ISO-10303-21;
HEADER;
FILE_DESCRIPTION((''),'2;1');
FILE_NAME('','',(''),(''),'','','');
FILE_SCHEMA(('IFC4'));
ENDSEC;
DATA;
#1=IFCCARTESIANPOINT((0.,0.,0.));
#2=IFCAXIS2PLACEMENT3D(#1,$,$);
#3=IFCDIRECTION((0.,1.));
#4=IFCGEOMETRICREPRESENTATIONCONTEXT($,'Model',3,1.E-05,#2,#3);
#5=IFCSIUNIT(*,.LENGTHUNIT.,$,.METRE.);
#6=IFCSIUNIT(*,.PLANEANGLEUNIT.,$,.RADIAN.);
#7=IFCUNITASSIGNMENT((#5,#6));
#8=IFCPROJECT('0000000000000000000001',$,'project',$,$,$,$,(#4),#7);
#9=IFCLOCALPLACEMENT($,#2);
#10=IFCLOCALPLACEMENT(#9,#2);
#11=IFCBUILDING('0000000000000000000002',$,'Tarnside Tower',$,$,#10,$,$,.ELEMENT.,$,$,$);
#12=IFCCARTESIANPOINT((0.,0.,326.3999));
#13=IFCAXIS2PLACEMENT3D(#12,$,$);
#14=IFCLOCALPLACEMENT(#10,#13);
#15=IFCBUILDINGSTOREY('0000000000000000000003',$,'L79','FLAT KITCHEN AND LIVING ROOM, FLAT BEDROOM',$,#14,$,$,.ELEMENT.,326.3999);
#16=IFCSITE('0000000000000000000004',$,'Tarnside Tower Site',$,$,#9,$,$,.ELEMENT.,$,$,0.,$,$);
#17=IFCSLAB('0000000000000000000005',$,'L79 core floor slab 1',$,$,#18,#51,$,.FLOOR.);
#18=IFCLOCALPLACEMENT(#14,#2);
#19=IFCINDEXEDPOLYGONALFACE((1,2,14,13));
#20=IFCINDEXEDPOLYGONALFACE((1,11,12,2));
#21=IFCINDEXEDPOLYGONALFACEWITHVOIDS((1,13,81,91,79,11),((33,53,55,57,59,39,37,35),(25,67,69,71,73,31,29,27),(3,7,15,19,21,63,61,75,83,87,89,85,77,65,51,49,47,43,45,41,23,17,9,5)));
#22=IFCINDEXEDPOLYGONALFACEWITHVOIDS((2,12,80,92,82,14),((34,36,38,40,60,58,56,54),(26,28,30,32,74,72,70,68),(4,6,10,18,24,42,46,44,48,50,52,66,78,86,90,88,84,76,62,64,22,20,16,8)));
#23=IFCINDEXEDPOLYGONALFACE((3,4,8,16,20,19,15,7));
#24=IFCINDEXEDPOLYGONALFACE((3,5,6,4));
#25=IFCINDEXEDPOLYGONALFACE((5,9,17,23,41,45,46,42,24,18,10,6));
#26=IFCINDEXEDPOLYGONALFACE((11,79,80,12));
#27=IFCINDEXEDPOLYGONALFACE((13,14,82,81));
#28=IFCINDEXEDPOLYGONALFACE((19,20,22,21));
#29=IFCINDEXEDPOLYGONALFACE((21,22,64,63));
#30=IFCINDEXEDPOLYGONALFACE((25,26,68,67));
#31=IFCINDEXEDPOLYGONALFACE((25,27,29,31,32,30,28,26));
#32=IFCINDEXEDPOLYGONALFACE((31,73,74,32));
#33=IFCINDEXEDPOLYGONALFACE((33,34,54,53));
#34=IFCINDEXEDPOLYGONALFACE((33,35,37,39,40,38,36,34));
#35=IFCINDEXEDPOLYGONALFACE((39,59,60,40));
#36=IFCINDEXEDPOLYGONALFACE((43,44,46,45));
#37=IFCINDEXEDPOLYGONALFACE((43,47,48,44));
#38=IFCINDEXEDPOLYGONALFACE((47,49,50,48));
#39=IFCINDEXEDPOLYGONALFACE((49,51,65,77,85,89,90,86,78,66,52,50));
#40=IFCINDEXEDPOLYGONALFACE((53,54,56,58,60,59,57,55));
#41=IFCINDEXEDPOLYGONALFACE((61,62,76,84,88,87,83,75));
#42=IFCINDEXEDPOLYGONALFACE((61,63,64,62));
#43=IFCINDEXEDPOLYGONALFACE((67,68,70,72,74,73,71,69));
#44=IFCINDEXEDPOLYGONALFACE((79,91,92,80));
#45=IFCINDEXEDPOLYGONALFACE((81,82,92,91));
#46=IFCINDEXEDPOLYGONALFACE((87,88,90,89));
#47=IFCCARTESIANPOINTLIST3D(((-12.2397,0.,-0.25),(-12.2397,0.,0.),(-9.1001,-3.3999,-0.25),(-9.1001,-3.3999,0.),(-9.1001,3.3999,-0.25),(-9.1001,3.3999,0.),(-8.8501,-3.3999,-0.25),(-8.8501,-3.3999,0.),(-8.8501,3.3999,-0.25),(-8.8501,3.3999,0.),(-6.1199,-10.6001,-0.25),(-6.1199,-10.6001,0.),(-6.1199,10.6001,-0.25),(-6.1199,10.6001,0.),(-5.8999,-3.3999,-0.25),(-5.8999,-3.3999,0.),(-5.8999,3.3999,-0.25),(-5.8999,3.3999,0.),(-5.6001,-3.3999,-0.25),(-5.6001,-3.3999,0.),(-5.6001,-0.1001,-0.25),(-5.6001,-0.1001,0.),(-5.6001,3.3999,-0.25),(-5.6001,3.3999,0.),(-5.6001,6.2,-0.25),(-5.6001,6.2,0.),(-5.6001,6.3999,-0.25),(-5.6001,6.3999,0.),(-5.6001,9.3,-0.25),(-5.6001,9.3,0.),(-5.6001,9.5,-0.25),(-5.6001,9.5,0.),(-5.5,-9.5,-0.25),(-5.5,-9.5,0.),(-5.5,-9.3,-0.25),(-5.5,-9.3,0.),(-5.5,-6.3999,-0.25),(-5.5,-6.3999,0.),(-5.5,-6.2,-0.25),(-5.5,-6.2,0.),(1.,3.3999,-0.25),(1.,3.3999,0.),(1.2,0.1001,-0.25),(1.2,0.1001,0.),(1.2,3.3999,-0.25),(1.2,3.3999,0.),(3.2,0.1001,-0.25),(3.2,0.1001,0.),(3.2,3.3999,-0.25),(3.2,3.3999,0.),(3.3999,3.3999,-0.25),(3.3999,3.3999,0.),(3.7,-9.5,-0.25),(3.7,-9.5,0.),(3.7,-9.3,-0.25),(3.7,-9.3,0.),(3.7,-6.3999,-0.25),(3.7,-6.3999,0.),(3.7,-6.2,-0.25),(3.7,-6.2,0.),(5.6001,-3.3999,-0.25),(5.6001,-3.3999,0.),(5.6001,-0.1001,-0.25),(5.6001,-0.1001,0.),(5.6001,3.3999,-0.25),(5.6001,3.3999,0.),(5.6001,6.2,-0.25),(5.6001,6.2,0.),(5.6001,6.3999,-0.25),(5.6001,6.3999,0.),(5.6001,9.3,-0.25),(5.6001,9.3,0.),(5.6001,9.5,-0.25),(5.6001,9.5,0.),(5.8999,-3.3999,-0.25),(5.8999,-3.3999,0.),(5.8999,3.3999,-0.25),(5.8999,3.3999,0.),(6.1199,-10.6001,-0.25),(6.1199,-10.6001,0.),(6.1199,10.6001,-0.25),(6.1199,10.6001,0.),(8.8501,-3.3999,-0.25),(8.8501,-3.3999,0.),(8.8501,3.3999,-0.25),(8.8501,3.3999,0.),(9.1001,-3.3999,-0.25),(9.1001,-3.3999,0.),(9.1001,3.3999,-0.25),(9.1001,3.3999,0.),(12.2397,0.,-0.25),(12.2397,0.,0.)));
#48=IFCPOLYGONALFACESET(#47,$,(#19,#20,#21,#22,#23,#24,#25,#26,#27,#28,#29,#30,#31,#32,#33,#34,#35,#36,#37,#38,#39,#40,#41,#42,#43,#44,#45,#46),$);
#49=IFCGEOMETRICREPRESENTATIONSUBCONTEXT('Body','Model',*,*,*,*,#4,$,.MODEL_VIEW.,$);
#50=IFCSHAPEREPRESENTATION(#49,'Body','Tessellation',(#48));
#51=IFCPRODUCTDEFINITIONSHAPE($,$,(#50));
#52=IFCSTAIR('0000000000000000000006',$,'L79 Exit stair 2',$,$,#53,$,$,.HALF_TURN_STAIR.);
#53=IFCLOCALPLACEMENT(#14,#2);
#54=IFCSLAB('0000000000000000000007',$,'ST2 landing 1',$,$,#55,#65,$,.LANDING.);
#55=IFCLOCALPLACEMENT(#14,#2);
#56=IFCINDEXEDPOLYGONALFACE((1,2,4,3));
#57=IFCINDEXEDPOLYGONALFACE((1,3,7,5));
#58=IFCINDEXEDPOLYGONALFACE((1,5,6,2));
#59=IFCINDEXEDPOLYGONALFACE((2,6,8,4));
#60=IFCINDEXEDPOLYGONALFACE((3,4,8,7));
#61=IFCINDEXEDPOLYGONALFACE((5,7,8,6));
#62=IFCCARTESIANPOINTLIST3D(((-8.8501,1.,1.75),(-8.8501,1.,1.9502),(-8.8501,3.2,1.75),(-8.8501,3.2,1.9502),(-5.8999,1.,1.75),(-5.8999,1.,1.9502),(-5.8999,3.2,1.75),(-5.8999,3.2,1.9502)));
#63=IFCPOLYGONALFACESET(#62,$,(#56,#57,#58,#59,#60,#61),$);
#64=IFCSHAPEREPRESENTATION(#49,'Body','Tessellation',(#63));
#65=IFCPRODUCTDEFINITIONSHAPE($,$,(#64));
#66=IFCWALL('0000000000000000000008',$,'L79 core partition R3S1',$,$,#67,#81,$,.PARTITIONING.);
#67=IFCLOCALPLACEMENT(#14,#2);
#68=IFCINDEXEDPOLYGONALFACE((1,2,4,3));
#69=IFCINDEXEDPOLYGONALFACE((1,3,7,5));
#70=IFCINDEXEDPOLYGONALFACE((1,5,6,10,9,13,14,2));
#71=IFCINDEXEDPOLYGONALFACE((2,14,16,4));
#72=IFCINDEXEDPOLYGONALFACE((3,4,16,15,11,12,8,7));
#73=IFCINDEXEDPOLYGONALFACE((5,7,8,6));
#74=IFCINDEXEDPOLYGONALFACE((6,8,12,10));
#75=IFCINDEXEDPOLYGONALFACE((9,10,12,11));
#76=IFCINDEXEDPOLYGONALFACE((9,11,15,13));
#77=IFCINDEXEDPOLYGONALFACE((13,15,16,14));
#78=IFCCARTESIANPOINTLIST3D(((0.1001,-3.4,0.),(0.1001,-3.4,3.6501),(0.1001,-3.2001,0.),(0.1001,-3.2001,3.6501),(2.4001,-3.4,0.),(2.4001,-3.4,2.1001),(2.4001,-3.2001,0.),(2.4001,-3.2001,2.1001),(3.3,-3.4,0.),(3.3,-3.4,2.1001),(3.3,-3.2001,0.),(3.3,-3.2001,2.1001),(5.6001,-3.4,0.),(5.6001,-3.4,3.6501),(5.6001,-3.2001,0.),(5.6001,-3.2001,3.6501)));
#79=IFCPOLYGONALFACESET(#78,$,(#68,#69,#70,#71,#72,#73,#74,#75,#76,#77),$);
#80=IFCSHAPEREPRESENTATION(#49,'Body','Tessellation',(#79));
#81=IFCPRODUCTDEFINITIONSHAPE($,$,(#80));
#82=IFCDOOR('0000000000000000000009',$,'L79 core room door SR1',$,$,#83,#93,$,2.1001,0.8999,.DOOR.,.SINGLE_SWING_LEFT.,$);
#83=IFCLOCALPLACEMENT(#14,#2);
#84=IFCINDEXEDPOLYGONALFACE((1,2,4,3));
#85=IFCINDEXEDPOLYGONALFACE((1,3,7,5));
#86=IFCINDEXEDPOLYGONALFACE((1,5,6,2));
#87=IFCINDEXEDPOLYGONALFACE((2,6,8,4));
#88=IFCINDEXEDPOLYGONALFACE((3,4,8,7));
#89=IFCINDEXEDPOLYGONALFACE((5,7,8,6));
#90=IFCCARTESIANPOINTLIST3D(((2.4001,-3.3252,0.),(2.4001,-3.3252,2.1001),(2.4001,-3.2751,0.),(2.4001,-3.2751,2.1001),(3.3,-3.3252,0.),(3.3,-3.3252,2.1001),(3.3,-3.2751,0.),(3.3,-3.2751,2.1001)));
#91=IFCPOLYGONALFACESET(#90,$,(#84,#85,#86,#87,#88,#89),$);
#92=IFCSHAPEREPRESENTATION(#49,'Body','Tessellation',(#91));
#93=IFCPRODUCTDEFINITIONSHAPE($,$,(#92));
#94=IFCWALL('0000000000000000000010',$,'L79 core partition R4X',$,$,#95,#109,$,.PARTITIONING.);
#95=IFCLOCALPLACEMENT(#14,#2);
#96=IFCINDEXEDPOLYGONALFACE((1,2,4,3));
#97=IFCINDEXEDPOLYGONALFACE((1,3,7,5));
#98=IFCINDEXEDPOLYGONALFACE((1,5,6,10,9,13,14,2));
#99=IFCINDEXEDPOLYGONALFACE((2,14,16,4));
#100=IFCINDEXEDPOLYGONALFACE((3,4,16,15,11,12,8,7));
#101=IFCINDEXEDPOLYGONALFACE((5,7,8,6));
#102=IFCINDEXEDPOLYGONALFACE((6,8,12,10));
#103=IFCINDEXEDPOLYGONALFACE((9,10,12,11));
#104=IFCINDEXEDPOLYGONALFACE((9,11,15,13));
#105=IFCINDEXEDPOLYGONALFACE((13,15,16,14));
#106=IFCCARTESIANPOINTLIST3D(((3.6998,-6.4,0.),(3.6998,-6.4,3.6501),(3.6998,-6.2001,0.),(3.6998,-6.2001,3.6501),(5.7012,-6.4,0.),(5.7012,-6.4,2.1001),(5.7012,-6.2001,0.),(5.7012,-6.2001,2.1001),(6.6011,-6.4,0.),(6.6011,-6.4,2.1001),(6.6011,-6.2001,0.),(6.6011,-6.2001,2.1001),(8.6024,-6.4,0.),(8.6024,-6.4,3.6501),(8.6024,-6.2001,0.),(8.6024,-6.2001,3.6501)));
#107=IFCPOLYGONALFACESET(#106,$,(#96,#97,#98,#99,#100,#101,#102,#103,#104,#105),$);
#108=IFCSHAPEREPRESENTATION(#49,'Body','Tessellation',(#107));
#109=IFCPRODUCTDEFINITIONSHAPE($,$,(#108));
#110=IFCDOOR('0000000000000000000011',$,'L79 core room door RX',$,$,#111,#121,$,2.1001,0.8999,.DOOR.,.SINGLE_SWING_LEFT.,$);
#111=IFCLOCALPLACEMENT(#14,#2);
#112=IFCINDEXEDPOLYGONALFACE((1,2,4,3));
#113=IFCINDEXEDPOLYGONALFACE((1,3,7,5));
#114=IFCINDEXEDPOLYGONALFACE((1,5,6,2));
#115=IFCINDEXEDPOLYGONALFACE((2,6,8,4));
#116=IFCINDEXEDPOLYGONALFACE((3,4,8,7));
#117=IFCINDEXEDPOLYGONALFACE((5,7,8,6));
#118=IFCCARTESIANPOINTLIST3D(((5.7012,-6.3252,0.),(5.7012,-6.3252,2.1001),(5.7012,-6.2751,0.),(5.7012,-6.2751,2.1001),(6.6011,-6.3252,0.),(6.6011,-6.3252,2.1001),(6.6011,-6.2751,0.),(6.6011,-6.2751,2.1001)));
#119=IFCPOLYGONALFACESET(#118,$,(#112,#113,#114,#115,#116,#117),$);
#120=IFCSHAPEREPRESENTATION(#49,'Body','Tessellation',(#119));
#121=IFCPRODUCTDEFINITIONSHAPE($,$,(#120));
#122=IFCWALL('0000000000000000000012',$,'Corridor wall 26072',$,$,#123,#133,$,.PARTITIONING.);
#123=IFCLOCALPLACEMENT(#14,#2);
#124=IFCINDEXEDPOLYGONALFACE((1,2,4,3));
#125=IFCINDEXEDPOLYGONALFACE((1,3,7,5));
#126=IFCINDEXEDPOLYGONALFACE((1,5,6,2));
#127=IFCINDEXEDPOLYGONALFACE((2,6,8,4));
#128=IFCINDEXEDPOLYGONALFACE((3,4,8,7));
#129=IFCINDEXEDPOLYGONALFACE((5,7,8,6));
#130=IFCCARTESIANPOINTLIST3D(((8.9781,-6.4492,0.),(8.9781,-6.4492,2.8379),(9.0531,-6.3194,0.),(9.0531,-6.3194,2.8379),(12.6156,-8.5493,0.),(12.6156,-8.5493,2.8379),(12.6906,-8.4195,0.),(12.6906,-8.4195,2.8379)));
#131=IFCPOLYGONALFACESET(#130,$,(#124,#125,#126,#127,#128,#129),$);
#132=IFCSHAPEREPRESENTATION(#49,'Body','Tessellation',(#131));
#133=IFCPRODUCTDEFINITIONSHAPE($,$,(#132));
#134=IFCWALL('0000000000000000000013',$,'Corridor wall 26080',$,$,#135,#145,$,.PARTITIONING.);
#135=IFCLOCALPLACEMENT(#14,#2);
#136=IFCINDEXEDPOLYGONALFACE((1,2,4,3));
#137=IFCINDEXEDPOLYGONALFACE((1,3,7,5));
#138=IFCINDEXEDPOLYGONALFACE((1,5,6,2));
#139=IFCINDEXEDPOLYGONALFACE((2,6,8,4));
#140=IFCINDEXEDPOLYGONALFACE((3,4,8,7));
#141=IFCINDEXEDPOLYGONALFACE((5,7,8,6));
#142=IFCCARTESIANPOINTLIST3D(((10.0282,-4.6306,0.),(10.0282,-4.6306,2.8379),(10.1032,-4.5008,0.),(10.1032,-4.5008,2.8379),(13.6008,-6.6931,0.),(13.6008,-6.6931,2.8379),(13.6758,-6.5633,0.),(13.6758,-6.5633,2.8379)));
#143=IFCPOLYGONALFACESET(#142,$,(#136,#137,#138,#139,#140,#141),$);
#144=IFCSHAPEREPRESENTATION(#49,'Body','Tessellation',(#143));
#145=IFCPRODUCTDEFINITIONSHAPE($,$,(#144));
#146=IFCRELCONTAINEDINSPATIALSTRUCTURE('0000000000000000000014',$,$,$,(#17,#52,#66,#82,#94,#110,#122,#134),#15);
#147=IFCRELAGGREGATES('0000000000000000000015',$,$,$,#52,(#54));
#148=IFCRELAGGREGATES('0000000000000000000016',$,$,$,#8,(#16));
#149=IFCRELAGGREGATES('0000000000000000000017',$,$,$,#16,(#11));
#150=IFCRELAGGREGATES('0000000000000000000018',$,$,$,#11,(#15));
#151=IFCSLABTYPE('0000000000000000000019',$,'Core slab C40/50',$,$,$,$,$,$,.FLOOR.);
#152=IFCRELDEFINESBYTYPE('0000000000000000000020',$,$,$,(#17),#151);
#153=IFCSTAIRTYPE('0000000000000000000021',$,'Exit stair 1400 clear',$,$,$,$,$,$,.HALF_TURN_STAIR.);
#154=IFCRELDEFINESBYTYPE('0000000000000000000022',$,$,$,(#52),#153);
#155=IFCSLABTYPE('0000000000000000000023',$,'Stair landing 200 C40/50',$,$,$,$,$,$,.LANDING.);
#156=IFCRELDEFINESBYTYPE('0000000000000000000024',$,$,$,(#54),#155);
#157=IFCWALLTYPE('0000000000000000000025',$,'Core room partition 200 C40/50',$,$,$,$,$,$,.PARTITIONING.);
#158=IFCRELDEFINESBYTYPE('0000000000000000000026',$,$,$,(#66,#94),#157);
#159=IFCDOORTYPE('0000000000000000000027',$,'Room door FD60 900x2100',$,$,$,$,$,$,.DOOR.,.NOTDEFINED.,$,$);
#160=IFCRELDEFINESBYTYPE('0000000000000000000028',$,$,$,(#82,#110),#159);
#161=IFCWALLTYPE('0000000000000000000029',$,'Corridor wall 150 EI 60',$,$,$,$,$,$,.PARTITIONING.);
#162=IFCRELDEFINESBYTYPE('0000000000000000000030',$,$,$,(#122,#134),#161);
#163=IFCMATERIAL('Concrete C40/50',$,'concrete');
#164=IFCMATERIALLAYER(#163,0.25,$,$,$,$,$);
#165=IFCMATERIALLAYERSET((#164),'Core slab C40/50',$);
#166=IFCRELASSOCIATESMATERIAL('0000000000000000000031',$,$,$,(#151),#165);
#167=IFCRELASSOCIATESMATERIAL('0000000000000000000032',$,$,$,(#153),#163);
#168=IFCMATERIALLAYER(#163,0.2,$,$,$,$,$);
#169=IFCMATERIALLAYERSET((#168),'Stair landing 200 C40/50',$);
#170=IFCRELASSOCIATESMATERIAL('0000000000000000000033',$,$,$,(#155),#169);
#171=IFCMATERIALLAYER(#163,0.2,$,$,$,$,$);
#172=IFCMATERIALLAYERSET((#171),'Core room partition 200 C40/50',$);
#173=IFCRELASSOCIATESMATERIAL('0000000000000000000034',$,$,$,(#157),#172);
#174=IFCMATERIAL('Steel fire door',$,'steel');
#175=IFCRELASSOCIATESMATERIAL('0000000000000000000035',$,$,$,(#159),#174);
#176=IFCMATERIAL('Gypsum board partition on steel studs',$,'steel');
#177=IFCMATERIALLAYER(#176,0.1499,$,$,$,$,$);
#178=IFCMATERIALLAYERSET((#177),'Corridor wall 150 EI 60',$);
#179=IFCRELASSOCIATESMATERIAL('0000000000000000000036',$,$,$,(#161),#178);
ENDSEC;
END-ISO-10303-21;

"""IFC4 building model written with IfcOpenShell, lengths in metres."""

from ifc_helpers import new_model, si_unit, direction, frame, frame_2d, origin, place, context, subcontext, project, spatial, polyline, rectangle, outline, extrude, material, layer, layer_set, type_object, element, fill, aggregate, save


model = new_model("IFC4")

# Units and contexts
model_context = context("Model", 3, precision=1e-05, world=origin(), true_north=direction((0.0, 1.0)))
body_context = subcontext(model_context, "Body", "Model", "MODEL_VIEW")
ifc_project = project(units=[si_unit("LENGTHUNIT", "METRE"), si_unit("PLANEANGLEUNIT", "RADIAN")], contexts=[model_context])

# Site, building, storey
site_placement = place(None, origin())
site = spatial("IfcSite", under=ifc_project, at=site_placement, Name="Tarnside Tower Site", CompositionType="ELEMENT", RefElevation=0.0)
building_placement = place(site_placement, origin())
building = spatial("IfcBuilding", under=site, at=building_placement, Name="Tarnside Tower", CompositionType="ELEMENT")
storey_placement = place(building_placement, frame((0.0, 0.0, 326.3999)))
storey = spatial("IfcBuildingStorey", under=building, at=storey_placement, Name="L79", Description="FLAT KITCHEN AND LIVING ROOM, FLAT BEDROOM", CompositionType="ELEMENT", Elevation=326.3999)

# Slab
ifc_material_1 = material(Name="Concrete C40/50", Category="concrete")
ifc_layer_1 = layer(ifc_material_1, 0.25)
ifc_layer_set_1 = layer_set([ifc_layer_1], Name="Core slab C40/50")
slab_type_1 = type_object("IfcSlabType", Name="Core slab C40/50", PredefinedType="FLOOR", material=ifc_layer_set_1)
slab_1_placement = place(storey_placement, frame((0.0, 0.0, -0.25)))
element("IfcSlab", 1, at=slab_1_placement, inside=storey, type_object=slab_type_1, Name="L79 core floor slab 1", PredefinedType="FLOOR", context=body_context, shape_type="SweptSolid", body=[
    extrude(outline(polyline([(6.1199, 10.6001), (12.2397, 0.0), (6.1199, -10.6001), (-6.1199, -10.6001), (-12.2397, 0.0), (-6.1199, 10.6001), (6.1199, 10.6001)]), holes=[polyline([(-5.5, -9.5), (3.7, -9.5), (3.7, -9.3), (3.7, -6.3999), (3.7, -6.2), (-5.5, -6.2), (-5.5, -6.3999), (-5.5, -9.3), (-5.5, -9.5)]), polyline([(-5.6001, -3.3999), (-5.6001, -0.1001), (5.6001, -0.1001), (5.6001, -3.3999), (5.8999, -3.3999), (8.8501, -3.3999), (9.1001, -3.3999), (9.1001, 3.3999), (8.8501, 3.3999), (5.8999, 3.3999), (5.6001, 3.3999), (3.3999, 3.3999), (3.2, 3.3999), (3.2, 0.1001), (1.2, 0.1001), (1.2, 3.3999), (1.0, 3.3999), (-5.6001, 3.3999), (-5.8999, 3.3999), (-8.8501, 3.3999), (-9.1001, 3.3999), (-9.1001, -3.3999), (-8.8501, -3.3999), (-5.8999, -3.3999), (-5.6001, -3.3999)]), polyline([(-5.6001, 6.2), (5.6001, 6.2), (5.6001, 6.3999), (5.6001, 9.3), (5.6001, 9.5), (-5.6001, 9.5), (-5.6001, 9.3), (-5.6001, 6.3999), (-5.6001, 6.2)])]), origin(), (0.0, 0.0, 1.0), 0.25),
])

# Stair, slab
stair_type = type_object("IfcStairType", Name="Exit stair 1400 clear", PredefinedType="HALF_TURN_STAIR", material=ifc_material_1)
stair_1_placement = place(storey_placement, origin())
stair_1 = element("IfcStair", 2, at=stair_1_placement, inside=storey, type_object=stair_type, Name="L79 Exit stair 2", PredefinedType="HALF_TURN_STAIR")
ifc_layer_2 = layer(ifc_material_1, 0.2)
ifc_layer_set_2 = layer_set([ifc_layer_2], Name="Stair landing 200 C40/50")
slab_type_2 = type_object("IfcSlabType", Name="Stair landing 200 C40/50", PredefinedType="LANDING", material=ifc_layer_set_2)
slab_2_placement = place(storey_placement, frame((0.0, 0.0, 1.75)))
slab_2 = element("IfcSlab", 3, at=slab_2_placement, type_object=slab_type_2, Name="ST2 landing 1", PredefinedType="LANDING", context=body_context, shape_type="SweptSolid", body=[
    extrude(outline(polyline([(-5.8999, 1.0), (-5.8999, 3.2), (-8.8501, 3.2), (-8.8501, 1.0), (-5.8999, 1.0)])), origin(), (0.0, 0.0, 1.0), 0.2002),
])
aggregate(stair_1, [slab_2])

# Walls, openings, doors
ifc_layer_3 = layer(ifc_material_1, 0.2)
ifc_layer_set_3 = layer_set([ifc_layer_3], Name="Core room partition 200 C40/50")
wall_type_1 = type_object("IfcWallType", Name="Core room partition 200 C40/50", PredefinedType="PARTITIONING", material=ifc_layer_set_3)
wall_1_placement = place(storey_placement, frame((0.1001, -3.3, 0.0), z_axis=(0.0, 0.0, 1.0), x_axis=(1.0, 0.0, 0.0)))
wall_1 = element("IfcWall", 4, at=wall_1_placement, inside=storey, type_object=wall_type_1, Name="L79 core partition R3S1", PredefinedType="PARTITIONING", context=body_context, shape_type="SweptSolid", body=[
    extrude(rectangle(XDim=5.5, YDim=0.2, at=frame_2d((2.75, 0.0))), origin(), (0.0, 0.0, 1.0), 3.6501),
])
opening_1_placement = place(wall_1_placement, frame((2.3, 0.0, 0.0)))
opening_1 = element("IfcOpeningElement", 5, at=opening_1_placement, cuts=wall_1, PredefinedType="OPENING", context=body_context, shape_type="SweptSolid", body=[
    extrude(rectangle(XDim=0.8999, YDim=2.1001, at=frame_2d((0.45, 1.05))), frame((0.0, 0.1099, 0.0), z_axis=(0.0, -1.0, 0.0), x_axis=(1.0, 0.0, 0.0)), (0.0, 0.0, 1.0), 0.22),
])
ifc_material_2 = material(Name="Steel fire door", Category="steel")
door_type_1 = type_object("IfcDoorType", Name="Room door FD60 900x2100", OperationType="NOTDEFINED", PredefinedType="DOOR", material=ifc_material_2)
door_1_placement = place(opening_1_placement, origin())
door_1 = element("IfcDoor", 6, at=door_1_placement, inside=storey, type_object=door_type_1, Name="L79 core room door SR1", OperationType="SINGLE_SWING_LEFT", OverallHeight=2.1001, OverallWidth=0.8999, PredefinedType="DOOR", context=body_context, shape_type="SweptSolid", body=[
    extrude(rectangle(XDim=0.8999, YDim=2.1001, at=frame_2d((0.45, 1.05))), frame((0.0, 0.0249, 0.0), z_axis=(0.0, -1.0, 0.0), x_axis=(1.0, 0.0, 0.0)), (0.0, 0.0, 1.0), 0.05),
])
fill(opening_1, door_1)
wall_2_placement = place(storey_placement, frame((3.7, -6.3, 0.0), z_axis=(0.0, 0.0, 1.0), x_axis=(1.0, 0.0, 0.0)))
wall_2 = element("IfcWall", 7, at=wall_2_placement, inside=storey, type_object=wall_type_1, Name="L79 core partition R4X", PredefinedType="PARTITIONING", context=body_context, shape_type="SweptSolid", body=[
    extrude(rectangle(XDim=4.9026, YDim=0.2, at=frame_2d((2.4512, 0.0))), origin(), (0.0, 0.0, 1.0), 3.6501),
])
opening_2_placement = place(wall_2_placement, frame((2.0012, 0.0, 0.0)))
opening_2 = element("IfcOpeningElement", 8, at=opening_2_placement, cuts=wall_2, PredefinedType="OPENING", context=body_context, shape_type="SweptSolid", body=[
    extrude(rectangle(XDim=0.8999, YDim=2.1001, at=frame_2d((0.45, 1.05))), frame((0.0, 0.1099, 0.0), z_axis=(0.0, -1.0, 0.0), x_axis=(1.0, 0.0, 0.0)), (0.0, 0.0, 1.0), 0.22),
])
door_2_placement = place(opening_2_placement, origin())
door_2 = element("IfcDoor", 9, at=door_2_placement, inside=storey, type_object=door_type_1, Name="L79 core room door RX", OperationType="SINGLE_SWING_LEFT", OverallHeight=2.1001, OverallWidth=0.8999, PredefinedType="DOOR", context=body_context, shape_type="SweptSolid", body=[
    extrude(rectangle(XDim=0.8999, YDim=2.1001, at=frame_2d((0.45, 1.05))), frame((0.0, 0.0249, 0.0), z_axis=(0.0, -1.0, 0.0), x_axis=(1.0, 0.0, 0.0)), (0.0, 0.0, 1.0), 0.05),
])
fill(opening_2, door_2)

# Walls
ifc_material_3 = material(Name="Gypsum board partition on steel studs", Category="steel")
ifc_layer_4 = layer(ifc_material_3, 0.1499)
ifc_layer_set_4 = layer_set([ifc_layer_4], Name="Corridor wall 150 EI 60")
wall_type_2 = type_object("IfcWallType", Name="Corridor wall 150 EI 60", PredefinedType="PARTITIONING", material=ifc_layer_set_4)
wall_3_placement = place(storey_placement, frame((9.0156, -6.3843, 0.0), z_axis=(0.0, 0.0, 1.0), x_axis=(0.866024, -0.500003, 0.0)))
element("IfcWall", 10, at=wall_3_placement, inside=storey, type_object=wall_type_2, Name="Corridor wall 26072", PredefinedType="PARTITIONING", context=body_context, shape_type="SweptSolid", body=[
    extrude(rectangle(XDim=4.2002, YDim=0.1499, at=frame_2d((2.1001, 0.0))), origin(), (0.0, 0.0, 1.0), 2.8379),
])
wall_4_placement = place(storey_placement, frame((13.6382, -6.6282, 0.0), z_axis=(0.0, 0.0, 1.0), x_axis=(-0.866035, 0.499984, 0.0)))
element("IfcWall", 11, at=wall_4_placement, inside=storey, type_object=wall_type_2, Name="Corridor wall 26080", PredefinedType="PARTITIONING", context=body_context, shape_type="SweptSolid", body=[
    extrude(rectangle(XDim=4.1252, YDim=0.1499, at=frame_2d((2.0625, 0.0))), origin(), (0.0, 0.0, 1.0), 2.8379),
])

save(model, "model.ifc")
